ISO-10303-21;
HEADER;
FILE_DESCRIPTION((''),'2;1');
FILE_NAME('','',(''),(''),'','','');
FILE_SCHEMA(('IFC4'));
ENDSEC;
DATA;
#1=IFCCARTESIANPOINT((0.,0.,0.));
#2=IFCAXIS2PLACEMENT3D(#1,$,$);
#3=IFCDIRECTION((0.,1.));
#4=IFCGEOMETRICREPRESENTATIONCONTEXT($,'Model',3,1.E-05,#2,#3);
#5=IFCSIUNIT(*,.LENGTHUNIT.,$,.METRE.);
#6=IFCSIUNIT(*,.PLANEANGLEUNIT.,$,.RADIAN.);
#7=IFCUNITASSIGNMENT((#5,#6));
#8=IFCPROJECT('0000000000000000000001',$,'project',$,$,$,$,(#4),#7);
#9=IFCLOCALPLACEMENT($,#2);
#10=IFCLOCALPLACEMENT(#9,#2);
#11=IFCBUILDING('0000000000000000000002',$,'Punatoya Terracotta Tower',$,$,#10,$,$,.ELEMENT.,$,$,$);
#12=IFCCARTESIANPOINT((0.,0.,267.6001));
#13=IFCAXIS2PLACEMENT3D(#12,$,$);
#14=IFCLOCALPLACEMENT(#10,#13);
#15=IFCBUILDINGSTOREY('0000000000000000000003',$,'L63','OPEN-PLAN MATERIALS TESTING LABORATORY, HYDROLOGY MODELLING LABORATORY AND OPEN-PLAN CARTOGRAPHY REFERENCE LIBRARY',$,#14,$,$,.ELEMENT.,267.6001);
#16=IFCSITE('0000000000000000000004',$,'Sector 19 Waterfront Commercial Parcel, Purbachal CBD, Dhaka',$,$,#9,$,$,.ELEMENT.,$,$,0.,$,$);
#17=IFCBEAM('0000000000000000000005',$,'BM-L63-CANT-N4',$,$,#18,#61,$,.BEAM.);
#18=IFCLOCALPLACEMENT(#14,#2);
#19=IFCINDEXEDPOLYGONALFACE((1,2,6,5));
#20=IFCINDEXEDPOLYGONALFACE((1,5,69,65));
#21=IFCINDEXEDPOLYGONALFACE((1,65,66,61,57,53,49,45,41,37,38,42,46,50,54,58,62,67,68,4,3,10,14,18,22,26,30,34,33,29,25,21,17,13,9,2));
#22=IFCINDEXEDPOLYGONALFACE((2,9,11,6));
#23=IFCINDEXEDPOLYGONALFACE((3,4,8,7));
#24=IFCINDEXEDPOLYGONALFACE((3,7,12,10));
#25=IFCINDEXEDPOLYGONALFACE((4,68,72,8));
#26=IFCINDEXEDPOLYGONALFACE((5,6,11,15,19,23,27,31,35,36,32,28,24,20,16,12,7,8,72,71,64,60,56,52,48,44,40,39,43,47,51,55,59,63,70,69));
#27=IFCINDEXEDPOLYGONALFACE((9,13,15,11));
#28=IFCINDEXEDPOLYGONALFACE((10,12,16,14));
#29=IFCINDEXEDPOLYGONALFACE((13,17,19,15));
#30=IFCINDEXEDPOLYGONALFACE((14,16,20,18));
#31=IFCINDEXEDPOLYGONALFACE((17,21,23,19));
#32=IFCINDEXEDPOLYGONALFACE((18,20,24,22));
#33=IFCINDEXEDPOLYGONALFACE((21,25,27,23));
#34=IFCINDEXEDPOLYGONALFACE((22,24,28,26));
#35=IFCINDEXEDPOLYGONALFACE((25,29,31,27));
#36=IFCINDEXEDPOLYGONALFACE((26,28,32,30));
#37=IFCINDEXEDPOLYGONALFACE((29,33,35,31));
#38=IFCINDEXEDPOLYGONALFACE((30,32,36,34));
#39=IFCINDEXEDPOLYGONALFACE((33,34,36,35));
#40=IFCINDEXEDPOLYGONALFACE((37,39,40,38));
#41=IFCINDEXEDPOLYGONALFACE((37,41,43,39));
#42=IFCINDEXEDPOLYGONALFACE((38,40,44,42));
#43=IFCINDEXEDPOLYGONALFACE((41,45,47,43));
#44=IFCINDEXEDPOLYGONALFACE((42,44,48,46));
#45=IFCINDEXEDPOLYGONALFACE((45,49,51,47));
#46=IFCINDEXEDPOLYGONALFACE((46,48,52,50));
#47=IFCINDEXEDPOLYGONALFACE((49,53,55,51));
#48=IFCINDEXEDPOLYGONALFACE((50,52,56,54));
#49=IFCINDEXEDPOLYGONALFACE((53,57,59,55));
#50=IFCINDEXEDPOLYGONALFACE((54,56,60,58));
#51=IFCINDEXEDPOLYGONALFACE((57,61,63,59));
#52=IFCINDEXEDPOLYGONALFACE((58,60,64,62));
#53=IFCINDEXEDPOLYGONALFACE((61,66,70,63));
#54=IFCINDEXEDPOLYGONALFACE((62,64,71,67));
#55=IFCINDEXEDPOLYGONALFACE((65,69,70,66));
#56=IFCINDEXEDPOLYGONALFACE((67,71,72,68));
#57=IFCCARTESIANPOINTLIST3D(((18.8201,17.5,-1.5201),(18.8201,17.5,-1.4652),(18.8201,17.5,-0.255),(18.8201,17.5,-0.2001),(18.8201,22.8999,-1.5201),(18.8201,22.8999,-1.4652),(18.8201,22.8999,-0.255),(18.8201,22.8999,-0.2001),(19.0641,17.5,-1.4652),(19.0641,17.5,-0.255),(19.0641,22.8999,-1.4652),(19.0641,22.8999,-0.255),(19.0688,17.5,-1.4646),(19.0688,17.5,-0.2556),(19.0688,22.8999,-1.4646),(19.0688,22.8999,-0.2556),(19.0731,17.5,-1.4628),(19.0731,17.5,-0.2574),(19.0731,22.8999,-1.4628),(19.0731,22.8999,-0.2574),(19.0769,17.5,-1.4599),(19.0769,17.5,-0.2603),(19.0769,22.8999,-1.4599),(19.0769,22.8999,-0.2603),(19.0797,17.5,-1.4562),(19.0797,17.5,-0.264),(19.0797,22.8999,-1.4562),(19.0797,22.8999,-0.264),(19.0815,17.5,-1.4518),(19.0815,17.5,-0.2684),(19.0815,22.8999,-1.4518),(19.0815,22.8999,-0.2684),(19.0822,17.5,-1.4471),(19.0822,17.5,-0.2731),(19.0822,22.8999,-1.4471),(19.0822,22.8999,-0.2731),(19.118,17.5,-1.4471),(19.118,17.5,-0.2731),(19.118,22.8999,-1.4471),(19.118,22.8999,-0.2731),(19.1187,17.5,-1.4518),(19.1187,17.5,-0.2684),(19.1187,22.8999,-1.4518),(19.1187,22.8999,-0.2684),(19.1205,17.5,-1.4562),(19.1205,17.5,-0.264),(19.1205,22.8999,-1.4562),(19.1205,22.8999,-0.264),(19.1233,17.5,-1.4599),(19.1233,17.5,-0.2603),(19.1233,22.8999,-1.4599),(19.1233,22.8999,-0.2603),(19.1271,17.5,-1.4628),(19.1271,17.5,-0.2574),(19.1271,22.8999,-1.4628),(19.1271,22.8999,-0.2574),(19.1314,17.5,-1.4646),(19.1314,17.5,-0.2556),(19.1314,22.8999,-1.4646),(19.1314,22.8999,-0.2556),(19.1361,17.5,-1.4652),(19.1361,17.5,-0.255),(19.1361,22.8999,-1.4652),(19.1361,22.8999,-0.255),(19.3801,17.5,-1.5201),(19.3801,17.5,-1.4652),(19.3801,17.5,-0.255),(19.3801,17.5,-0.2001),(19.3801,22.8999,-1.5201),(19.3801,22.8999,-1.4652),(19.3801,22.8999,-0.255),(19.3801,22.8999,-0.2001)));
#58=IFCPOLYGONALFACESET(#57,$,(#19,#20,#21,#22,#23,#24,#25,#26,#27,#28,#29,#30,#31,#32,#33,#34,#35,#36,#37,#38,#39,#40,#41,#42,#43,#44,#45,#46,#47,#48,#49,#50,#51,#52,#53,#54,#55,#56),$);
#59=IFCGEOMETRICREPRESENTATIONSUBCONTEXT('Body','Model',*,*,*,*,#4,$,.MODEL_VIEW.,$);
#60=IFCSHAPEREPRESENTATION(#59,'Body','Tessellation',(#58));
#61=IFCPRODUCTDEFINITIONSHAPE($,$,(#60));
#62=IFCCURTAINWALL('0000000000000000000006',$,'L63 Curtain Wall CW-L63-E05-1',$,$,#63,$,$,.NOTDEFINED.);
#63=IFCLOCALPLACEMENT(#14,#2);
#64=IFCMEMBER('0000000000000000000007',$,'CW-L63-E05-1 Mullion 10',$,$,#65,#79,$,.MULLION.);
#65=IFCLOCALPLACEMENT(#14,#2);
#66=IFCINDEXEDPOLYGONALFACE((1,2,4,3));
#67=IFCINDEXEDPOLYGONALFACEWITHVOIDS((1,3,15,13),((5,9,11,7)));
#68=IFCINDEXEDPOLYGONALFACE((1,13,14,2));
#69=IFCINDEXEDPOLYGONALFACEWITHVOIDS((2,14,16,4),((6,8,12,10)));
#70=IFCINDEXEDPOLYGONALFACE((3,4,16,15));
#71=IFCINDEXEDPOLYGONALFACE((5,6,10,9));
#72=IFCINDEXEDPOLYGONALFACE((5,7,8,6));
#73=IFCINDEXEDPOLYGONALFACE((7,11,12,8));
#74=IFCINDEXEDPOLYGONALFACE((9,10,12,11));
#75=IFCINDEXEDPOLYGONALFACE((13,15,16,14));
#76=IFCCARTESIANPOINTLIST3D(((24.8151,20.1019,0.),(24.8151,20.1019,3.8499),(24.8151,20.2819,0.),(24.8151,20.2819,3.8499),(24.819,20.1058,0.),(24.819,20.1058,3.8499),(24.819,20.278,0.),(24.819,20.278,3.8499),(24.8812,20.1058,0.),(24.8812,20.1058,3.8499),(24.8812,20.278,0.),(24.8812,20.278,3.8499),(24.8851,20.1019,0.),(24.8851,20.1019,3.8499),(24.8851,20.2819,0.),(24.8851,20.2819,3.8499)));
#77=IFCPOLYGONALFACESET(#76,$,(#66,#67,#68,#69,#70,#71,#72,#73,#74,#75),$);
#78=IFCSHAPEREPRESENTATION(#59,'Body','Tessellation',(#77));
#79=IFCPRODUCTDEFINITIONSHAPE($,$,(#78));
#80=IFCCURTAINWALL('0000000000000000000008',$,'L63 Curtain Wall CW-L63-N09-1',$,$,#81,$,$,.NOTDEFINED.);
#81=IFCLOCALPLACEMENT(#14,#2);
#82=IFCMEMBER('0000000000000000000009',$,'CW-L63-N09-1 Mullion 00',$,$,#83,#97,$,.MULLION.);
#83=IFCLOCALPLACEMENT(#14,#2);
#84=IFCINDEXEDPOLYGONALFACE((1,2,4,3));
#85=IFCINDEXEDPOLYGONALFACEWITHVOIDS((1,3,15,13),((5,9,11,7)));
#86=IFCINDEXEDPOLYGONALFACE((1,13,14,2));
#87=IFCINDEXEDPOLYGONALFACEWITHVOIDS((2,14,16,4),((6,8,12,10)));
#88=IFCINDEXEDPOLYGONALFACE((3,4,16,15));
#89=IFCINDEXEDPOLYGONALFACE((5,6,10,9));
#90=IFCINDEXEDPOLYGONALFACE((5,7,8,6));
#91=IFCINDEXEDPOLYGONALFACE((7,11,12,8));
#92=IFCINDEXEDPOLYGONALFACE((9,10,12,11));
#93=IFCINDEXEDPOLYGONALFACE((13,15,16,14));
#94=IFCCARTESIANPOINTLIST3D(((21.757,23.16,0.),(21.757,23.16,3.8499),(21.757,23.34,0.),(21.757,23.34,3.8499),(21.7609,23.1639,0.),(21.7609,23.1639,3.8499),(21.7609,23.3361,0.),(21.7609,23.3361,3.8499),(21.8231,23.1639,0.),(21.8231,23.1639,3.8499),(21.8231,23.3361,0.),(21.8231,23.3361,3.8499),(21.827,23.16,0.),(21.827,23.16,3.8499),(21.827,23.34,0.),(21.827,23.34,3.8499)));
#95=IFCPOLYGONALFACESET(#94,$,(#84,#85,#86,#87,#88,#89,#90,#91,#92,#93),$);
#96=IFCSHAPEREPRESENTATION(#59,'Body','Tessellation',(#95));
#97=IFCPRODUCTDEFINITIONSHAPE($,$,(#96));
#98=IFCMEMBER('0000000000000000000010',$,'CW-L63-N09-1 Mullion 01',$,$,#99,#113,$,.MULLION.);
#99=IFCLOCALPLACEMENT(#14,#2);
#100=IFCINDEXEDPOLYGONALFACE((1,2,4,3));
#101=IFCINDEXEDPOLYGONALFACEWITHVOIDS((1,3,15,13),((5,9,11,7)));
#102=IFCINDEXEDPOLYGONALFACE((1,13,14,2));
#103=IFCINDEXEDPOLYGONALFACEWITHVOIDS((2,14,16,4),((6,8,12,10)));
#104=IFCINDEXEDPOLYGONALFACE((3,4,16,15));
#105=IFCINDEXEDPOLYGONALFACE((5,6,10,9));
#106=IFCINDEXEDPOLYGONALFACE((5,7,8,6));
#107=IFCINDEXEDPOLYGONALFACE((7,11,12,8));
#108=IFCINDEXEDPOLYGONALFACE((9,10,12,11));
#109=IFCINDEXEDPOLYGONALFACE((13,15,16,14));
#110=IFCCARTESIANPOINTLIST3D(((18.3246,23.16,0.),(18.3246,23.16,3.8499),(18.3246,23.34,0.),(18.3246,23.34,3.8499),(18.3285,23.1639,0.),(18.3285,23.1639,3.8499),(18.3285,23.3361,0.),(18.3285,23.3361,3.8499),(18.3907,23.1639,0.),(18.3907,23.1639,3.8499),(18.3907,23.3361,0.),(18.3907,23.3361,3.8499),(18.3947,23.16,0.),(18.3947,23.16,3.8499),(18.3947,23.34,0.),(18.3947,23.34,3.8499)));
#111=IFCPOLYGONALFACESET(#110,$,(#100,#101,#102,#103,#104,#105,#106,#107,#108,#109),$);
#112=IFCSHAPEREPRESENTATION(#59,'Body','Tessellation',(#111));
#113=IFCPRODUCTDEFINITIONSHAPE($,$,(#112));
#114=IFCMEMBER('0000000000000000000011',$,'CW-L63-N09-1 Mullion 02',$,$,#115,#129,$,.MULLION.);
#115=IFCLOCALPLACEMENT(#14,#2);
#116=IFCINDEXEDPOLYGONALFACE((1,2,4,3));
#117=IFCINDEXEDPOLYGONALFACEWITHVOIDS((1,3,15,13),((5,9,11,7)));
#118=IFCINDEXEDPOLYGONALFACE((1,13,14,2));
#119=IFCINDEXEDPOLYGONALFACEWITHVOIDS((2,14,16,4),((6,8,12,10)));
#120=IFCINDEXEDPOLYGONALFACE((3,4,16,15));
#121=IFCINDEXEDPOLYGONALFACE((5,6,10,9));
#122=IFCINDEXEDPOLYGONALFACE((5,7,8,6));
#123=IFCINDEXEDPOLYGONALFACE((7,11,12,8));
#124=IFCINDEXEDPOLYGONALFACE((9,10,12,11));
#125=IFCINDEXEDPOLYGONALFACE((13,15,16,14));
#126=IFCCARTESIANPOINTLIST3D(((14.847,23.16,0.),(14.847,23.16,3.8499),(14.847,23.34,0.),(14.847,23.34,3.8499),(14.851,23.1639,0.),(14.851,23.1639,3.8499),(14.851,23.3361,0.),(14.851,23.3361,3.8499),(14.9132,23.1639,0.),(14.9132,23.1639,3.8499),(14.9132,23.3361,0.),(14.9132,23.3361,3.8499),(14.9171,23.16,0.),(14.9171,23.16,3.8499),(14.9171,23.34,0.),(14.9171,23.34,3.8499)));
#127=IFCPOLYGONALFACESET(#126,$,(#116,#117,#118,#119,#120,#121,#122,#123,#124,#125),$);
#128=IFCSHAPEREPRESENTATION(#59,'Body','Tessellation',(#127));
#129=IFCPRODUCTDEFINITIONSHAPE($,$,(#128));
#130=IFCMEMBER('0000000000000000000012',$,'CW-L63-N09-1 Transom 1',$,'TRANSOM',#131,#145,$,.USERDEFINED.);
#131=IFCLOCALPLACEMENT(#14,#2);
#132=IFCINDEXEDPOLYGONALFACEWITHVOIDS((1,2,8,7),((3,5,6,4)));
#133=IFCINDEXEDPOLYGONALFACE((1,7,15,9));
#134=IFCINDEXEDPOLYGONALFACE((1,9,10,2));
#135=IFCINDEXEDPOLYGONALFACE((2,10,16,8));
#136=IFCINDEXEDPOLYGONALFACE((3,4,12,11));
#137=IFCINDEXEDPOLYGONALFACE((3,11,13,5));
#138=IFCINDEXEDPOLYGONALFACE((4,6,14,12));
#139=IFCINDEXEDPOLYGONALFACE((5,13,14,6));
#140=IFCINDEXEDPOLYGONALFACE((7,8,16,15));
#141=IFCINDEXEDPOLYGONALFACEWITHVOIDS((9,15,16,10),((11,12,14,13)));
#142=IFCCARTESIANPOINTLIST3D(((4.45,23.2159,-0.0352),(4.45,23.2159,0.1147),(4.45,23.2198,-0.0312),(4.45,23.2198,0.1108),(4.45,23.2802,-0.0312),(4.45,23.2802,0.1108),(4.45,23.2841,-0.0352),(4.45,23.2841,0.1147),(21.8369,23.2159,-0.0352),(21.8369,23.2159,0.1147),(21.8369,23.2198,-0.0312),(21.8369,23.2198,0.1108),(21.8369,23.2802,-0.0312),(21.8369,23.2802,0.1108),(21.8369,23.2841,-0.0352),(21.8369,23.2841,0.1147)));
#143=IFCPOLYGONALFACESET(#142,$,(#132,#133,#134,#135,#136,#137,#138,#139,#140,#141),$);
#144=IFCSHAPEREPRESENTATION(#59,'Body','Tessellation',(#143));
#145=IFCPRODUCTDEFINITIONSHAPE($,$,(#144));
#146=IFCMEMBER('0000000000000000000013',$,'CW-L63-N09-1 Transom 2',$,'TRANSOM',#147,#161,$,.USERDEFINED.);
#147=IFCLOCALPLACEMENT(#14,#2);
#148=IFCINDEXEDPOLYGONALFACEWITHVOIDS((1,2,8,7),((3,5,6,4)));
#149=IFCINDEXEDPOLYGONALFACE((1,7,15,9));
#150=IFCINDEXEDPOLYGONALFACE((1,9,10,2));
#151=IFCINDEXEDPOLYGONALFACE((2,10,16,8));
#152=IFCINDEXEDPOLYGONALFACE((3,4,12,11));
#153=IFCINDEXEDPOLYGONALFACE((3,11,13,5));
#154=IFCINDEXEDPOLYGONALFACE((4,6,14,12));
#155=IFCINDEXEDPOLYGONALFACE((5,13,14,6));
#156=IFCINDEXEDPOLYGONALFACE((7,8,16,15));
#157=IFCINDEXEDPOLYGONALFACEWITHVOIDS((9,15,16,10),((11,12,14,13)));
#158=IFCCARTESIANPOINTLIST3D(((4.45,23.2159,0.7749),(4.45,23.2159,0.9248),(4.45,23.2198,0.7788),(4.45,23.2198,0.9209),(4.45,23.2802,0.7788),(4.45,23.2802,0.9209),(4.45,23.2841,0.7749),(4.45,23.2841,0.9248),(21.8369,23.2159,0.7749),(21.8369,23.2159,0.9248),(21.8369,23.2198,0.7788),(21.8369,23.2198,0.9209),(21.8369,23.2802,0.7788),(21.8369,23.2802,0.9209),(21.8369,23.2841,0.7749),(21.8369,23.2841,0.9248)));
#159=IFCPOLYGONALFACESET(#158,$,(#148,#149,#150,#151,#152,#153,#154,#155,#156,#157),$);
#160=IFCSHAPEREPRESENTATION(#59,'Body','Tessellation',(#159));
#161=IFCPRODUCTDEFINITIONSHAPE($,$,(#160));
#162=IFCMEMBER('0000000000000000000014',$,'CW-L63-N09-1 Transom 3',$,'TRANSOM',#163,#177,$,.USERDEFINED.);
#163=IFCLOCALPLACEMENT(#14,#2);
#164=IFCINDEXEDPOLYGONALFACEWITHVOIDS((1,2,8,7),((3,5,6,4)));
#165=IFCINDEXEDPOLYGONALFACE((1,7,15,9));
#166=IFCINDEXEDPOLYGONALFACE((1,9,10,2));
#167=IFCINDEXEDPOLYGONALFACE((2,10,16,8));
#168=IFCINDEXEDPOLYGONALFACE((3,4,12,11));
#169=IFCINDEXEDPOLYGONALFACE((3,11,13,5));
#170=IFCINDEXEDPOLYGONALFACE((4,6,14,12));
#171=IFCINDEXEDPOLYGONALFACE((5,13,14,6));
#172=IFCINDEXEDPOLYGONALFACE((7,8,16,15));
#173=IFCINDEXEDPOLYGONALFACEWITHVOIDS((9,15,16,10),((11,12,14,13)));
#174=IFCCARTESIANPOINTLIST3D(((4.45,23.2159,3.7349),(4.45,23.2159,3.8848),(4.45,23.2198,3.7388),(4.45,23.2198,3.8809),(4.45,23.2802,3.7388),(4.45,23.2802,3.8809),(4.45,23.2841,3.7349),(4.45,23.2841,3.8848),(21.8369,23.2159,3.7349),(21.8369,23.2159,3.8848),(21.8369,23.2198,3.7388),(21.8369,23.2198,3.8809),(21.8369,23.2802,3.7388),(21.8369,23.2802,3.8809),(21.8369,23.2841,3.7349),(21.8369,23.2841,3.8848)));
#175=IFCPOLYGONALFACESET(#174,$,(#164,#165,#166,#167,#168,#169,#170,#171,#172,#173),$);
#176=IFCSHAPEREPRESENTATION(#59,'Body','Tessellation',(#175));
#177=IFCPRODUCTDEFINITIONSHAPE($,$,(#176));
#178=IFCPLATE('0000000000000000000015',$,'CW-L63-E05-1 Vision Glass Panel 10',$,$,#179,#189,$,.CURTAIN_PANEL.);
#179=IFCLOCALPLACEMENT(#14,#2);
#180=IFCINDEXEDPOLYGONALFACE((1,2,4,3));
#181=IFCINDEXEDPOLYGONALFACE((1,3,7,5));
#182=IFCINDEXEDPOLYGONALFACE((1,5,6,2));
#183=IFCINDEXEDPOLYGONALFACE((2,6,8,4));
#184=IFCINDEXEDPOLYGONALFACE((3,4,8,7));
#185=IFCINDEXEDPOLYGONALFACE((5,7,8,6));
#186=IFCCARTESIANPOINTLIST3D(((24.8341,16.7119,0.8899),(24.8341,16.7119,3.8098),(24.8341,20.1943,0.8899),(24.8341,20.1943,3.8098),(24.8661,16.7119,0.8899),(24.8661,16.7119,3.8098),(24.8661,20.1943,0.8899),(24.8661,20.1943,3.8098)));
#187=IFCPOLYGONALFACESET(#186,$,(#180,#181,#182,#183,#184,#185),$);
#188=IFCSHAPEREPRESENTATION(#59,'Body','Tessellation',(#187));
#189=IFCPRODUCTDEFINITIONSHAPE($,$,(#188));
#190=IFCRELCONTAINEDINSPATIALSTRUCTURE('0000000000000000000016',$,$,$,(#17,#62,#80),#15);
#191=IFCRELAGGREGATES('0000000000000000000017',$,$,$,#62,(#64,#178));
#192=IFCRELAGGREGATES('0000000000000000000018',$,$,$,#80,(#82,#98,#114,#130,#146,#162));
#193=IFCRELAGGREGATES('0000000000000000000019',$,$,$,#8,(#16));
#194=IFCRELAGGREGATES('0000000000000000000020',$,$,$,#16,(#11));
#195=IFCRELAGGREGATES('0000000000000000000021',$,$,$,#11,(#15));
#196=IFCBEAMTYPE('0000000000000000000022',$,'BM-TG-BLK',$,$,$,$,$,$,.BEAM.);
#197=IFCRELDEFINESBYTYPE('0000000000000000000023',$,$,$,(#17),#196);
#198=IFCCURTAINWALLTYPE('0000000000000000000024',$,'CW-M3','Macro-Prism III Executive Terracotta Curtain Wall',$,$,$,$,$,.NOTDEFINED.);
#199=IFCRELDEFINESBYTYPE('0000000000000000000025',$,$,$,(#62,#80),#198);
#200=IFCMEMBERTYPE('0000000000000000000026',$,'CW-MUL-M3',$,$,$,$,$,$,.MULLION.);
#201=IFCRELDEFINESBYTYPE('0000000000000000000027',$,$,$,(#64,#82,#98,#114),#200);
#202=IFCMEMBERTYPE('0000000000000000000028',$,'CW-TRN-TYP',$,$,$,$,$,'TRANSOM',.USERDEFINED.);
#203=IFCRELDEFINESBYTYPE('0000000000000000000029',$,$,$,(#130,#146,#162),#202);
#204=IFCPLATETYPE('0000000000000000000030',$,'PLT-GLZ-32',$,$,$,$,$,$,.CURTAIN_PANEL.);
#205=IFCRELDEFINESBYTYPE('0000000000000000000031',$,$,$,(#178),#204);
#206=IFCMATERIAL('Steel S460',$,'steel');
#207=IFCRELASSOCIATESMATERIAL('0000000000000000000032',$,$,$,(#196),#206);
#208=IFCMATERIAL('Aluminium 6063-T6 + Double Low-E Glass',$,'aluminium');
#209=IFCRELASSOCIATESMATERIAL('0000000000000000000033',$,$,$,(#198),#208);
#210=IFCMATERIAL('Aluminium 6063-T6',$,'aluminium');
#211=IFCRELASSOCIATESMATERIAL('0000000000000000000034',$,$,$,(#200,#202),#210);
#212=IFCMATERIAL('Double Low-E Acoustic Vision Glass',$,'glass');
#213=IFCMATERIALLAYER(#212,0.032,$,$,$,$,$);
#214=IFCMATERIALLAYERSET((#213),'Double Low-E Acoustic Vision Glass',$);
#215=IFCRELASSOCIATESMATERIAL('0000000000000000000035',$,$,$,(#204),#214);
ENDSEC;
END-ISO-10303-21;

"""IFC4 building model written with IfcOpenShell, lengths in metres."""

from ifc_helpers import new_model, si_unit, direction, frame, origin, origin_2d, place, context, subcontext, project, spatial, rectangle, hollow_rectangle, i_section, extrude, material, layer, layer_set, material_profile, profile_set, type_object, element, aggregate, save


model = new_model("IFC4")

# Units and contexts
model_context = context("Model", 3, precision=1e-05, world=origin(), true_north=direction((0.0, 1.0)))
body_context = subcontext(model_context, "Body", "Model", "MODEL_VIEW")
ifc_project = project(units=[si_unit("LENGTHUNIT", "METRE"), si_unit("PLANEANGLEUNIT", "RADIAN")], contexts=[model_context])

# Site, building, storey
site_placement = place(None, origin())
site = spatial("IfcSite", under=ifc_project, at=site_placement, Name="Sector 19 Waterfront Commercial Parcel, Purbachal CBD, Dhaka", CompositionType="ELEMENT", RefElevation=0.0)
building_placement = place(site_placement, origin())
building = spatial("IfcBuilding", under=site, at=building_placement, Name="Punatoya Terracotta Tower", CompositionType="ELEMENT")
storey_placement = place(building_placement, frame((0.0, 0.0, 267.6001)))
storey = spatial("IfcBuildingStorey", under=building, at=storey_placement, Name="L63", Description="OPEN-PLAN MATERIALS TESTING LABORATORY, HYDROLOGY MODELLING LABORATORY AND OPEN-PLAN CARTOGRAPHY REFERENCE LIBRARY", CompositionType="ELEMENT", Elevation=267.6001)

# Shared definitions
ifc_material_1 = material(Name="Steel S460", Category="steel")

# Beam
ifc_material_profile_1 = material_profile(ifc_material_1, i_section(OverallWidth=0.5601, OverallDepth=1.3201, WebThickness=0.0359, FlangeThickness=0.0549, FilletRadius=0.0181, at=origin_2d()))
ifc_profile_set_1 = profile_set([ifc_material_profile_1], Name="Steel S460")
beam_type = type_object("IfcBeamType", Name="BM-TG-BLK", PredefinedType="BEAM", material=ifc_profile_set_1)
for number, where, z_axis, x_axis, name in (
    (1, (19.1001, 17.5, -0.8601), (0.0, 1.0, 0.0), (-1.0, 0.0, 0.0), "BM-L63-CANT-N4"),
):
    element("IfcBeam", number, at=place(storey_placement, frame(where, z_axis=z_axis, x_axis=x_axis)), inside=storey, type_object=beam_type, Name=name, PredefinedType="BEAM", context=body_context, shape_type="SweptSolid", body=[
        extrude(i_section(OverallWidth=0.5601, OverallDepth=1.3201, WebThickness=0.0359, FlangeThickness=0.0549, FilletRadius=0.0181, at=origin_2d()), origin(), (0.0, 0.0, 1.0), 5.3999),
    ])

# Curtain wall, member
ifc_material_2 = material(Name="Aluminium 6063-T6 + Double Low-E Glass", Category="aluminium")
curtain_wall_type = type_object("IfcCurtainWallType", Name="CW-M3", Description="Macro-Prism III Executive Terracotta Curtain Wall", PredefinedType="NOTDEFINED", material=ifc_material_2)
curtain_wall_1_placement = place(storey_placement, origin())
curtain_wall_1 = element("IfcCurtainWall", 2, at=curtain_wall_1_placement, inside=storey, type_object=curtain_wall_type, Name="L63 Curtain Wall CW-L63-E05-1", PredefinedType="NOTDEFINED")
ifc_material_3 = material(Name="Aluminium 6063-T6", Category="aluminium")
ifc_material_profile_2 = material_profile(ifc_material_3, hollow_rectangle(XDim=0.0701, YDim=0.1799, WallThickness=0.0039, at=origin_2d()))
ifc_profile_set_2 = profile_set([ifc_material_profile_2], Name="Aluminium 6063-T6")
member_type_1 = type_object("IfcMemberType", Name="CW-MUL-M3", PredefinedType="MULLION", material=ifc_profile_set_2)
member_1_placement = place(storey_placement, frame((24.8501, 20.1919, 0.0), z_axis=(0.0, 0.0, 1.0), x_axis=(1.0, 0.0, 0.0)))
member_1 = element("IfcMember", 3, at=member_1_placement, type_object=member_type_1, Name="CW-L63-E05-1 Mullion 10", PredefinedType="MULLION", context=body_context, shape_type="SweptSolid", body=[
    extrude(hollow_rectangle(XDim=0.0701, YDim=0.1799, WallThickness=0.0039, at=origin_2d()), origin(), (0.0, 0.0, 1.0), 3.8499),
])

# Curtain wall, members
curtain_wall_2_placement = place(storey_placement, origin())
curtain_wall_2 = element("IfcCurtainWall", 4, at=curtain_wall_2_placement, inside=storey, type_object=curtain_wall_type, Name="L63 Curtain Wall CW-L63-N09-1", PredefinedType="NOTDEFINED")
member_2_placement = place(storey_placement, frame((21.792, 23.25, 0.0), z_axis=(0.0, 0.0, 1.0), x_axis=(1.0, 0.0, 0.0)))
member_2 = element("IfcMember", 5, at=member_2_placement, type_object=member_type_1, Name="CW-L63-N09-1 Mullion 00", PredefinedType="MULLION", context=body_context, shape_type="SweptSolid", body=[
    extrude(hollow_rectangle(XDim=0.0701, YDim=0.1799, WallThickness=0.0039, at=origin_2d()), origin(), (0.0, 0.0, 1.0), 3.8499),
])
member_3_placement = place(storey_placement, frame((18.3596, 23.25, 0.0), z_axis=(0.0, 0.0, 1.0), x_axis=(1.0, 0.0, 0.0)))
member_3 = element("IfcMember", 6, at=member_3_placement, type_object=member_type_1, Name="CW-L63-N09-1 Mullion 01", PredefinedType="MULLION", context=body_context, shape_type="SweptSolid", body=[
    extrude(hollow_rectangle(XDim=0.0701, YDim=0.1799, WallThickness=0.0039, at=origin_2d()), origin(), (0.0, 0.0, 1.0), 3.8499),
])
member_4_placement = place(storey_placement, frame((14.8821, 23.25, 0.0), z_axis=(0.0, 0.0, 1.0), x_axis=(1.0, 0.0, 0.0)))
member_4 = element("IfcMember", 7, at=member_4_placement, type_object=member_type_1, Name="CW-L63-N09-1 Mullion 02", PredefinedType="MULLION", context=body_context, shape_type="SweptSolid", body=[
    extrude(hollow_rectangle(XDim=0.0701, YDim=0.1799, WallThickness=0.0039, at=origin_2d()), origin(), (0.0, 0.0, 1.0), 3.8499),
])
ifc_material_profile_3 = material_profile(ifc_material_3, hollow_rectangle(XDim=0.0681, YDim=0.1499, WallThickness=0.0039, at=origin_2d()))
ifc_profile_set_3 = profile_set([ifc_material_profile_3], Name="Aluminium 6063-T6")
member_type_2 = type_object("IfcMemberType", Name="CW-TRN-TYP", ElementType="TRANSOM", PredefinedType="USERDEFINED", material=ifc_profile_set_3)
member_5_placement = place(storey_placement, frame((21.8369, 23.25, 0.0398), z_axis=(-1.0, 0.0, 0.0), x_axis=(0.0, -1.0, 0.0)))
member_5 = element("IfcMember", 8, at=member_5_placement, type_object=member_type_2, Name="CW-L63-N09-1 Transom 1", ObjectType="TRANSOM", PredefinedType="USERDEFINED", context=body_context, shape_type="SweptSolid", body=[
    extrude(hollow_rectangle(XDim=0.0681, YDim=0.1499, WallThickness=0.0039, at=origin_2d()), origin(), (0.0, 0.0, 1.0), 17.387),
])
member_6_placement = place(storey_placement, frame((21.8369, 23.25, 0.8499), z_axis=(-1.0, 0.0, 0.0), x_axis=(0.0, -1.0, 0.0)))
member_6 = element("IfcMember", 9, at=member_6_placement, type_object=member_type_2, Name="CW-L63-N09-1 Transom 2", ObjectType="TRANSOM", PredefinedType="USERDEFINED", context=body_context, shape_type="SweptSolid", body=[
    extrude(hollow_rectangle(XDim=0.0681, YDim=0.1499, WallThickness=0.0039, at=origin_2d()), origin(), (0.0, 0.0, 1.0), 17.387),
])
member_7_placement = place(storey_placement, frame((21.8369, 23.25, 3.8098), z_axis=(-1.0, 0.0, 0.0), x_axis=(0.0, -1.0, 0.0)))
member_7 = element("IfcMember", 10, at=member_7_placement, type_object=member_type_2, Name="CW-L63-N09-1 Transom 3", ObjectType="TRANSOM", PredefinedType="USERDEFINED", context=body_context, shape_type="SweptSolid", body=[
    extrude(hollow_rectangle(XDim=0.0681, YDim=0.1499, WallThickness=0.0039, at=origin_2d()), origin(), (0.0, 0.0, 1.0), 17.387),
])

# Plate
ifc_material_4 = material(Name="Double Low-E Acoustic Vision Glass", Category="glass")
ifc_layer_1 = layer(ifc_material_4, 0.032)
ifc_layer_set_1 = layer_set([ifc_layer_1], Name="Double Low-E Acoustic Vision Glass")
plate_type_1 = type_object("IfcPlateType", Name="PLT-GLZ-32", PredefinedType="CURTAIN_PANEL", material=ifc_layer_set_1)
plate_1_placement = place(storey_placement, frame((24.8501, 18.4531, 0.8899), z_axis=(0.0, 0.0, 1.0), x_axis=(0.0, 1.0, 0.0)))
plate_1 = element("IfcPlate", 11, at=plate_1_placement, type_object=plate_type_1, Name="CW-L63-E05-1 Vision Glass Panel 10", PredefinedType="CURTAIN_PANEL", context=body_context, shape_type="SweptSolid", body=[
    extrude(rectangle(XDim=3.4824, YDim=0.032, at=origin_2d()), origin(), (0.0, 0.0, 1.0), 2.9199),
])
aggregate(curtain_wall_1, [member_1, plate_1])
aggregate(curtain_wall_2, [member_2, member_3, member_4, member_5, member_6, member_7])

save(model, "model.ifc")
